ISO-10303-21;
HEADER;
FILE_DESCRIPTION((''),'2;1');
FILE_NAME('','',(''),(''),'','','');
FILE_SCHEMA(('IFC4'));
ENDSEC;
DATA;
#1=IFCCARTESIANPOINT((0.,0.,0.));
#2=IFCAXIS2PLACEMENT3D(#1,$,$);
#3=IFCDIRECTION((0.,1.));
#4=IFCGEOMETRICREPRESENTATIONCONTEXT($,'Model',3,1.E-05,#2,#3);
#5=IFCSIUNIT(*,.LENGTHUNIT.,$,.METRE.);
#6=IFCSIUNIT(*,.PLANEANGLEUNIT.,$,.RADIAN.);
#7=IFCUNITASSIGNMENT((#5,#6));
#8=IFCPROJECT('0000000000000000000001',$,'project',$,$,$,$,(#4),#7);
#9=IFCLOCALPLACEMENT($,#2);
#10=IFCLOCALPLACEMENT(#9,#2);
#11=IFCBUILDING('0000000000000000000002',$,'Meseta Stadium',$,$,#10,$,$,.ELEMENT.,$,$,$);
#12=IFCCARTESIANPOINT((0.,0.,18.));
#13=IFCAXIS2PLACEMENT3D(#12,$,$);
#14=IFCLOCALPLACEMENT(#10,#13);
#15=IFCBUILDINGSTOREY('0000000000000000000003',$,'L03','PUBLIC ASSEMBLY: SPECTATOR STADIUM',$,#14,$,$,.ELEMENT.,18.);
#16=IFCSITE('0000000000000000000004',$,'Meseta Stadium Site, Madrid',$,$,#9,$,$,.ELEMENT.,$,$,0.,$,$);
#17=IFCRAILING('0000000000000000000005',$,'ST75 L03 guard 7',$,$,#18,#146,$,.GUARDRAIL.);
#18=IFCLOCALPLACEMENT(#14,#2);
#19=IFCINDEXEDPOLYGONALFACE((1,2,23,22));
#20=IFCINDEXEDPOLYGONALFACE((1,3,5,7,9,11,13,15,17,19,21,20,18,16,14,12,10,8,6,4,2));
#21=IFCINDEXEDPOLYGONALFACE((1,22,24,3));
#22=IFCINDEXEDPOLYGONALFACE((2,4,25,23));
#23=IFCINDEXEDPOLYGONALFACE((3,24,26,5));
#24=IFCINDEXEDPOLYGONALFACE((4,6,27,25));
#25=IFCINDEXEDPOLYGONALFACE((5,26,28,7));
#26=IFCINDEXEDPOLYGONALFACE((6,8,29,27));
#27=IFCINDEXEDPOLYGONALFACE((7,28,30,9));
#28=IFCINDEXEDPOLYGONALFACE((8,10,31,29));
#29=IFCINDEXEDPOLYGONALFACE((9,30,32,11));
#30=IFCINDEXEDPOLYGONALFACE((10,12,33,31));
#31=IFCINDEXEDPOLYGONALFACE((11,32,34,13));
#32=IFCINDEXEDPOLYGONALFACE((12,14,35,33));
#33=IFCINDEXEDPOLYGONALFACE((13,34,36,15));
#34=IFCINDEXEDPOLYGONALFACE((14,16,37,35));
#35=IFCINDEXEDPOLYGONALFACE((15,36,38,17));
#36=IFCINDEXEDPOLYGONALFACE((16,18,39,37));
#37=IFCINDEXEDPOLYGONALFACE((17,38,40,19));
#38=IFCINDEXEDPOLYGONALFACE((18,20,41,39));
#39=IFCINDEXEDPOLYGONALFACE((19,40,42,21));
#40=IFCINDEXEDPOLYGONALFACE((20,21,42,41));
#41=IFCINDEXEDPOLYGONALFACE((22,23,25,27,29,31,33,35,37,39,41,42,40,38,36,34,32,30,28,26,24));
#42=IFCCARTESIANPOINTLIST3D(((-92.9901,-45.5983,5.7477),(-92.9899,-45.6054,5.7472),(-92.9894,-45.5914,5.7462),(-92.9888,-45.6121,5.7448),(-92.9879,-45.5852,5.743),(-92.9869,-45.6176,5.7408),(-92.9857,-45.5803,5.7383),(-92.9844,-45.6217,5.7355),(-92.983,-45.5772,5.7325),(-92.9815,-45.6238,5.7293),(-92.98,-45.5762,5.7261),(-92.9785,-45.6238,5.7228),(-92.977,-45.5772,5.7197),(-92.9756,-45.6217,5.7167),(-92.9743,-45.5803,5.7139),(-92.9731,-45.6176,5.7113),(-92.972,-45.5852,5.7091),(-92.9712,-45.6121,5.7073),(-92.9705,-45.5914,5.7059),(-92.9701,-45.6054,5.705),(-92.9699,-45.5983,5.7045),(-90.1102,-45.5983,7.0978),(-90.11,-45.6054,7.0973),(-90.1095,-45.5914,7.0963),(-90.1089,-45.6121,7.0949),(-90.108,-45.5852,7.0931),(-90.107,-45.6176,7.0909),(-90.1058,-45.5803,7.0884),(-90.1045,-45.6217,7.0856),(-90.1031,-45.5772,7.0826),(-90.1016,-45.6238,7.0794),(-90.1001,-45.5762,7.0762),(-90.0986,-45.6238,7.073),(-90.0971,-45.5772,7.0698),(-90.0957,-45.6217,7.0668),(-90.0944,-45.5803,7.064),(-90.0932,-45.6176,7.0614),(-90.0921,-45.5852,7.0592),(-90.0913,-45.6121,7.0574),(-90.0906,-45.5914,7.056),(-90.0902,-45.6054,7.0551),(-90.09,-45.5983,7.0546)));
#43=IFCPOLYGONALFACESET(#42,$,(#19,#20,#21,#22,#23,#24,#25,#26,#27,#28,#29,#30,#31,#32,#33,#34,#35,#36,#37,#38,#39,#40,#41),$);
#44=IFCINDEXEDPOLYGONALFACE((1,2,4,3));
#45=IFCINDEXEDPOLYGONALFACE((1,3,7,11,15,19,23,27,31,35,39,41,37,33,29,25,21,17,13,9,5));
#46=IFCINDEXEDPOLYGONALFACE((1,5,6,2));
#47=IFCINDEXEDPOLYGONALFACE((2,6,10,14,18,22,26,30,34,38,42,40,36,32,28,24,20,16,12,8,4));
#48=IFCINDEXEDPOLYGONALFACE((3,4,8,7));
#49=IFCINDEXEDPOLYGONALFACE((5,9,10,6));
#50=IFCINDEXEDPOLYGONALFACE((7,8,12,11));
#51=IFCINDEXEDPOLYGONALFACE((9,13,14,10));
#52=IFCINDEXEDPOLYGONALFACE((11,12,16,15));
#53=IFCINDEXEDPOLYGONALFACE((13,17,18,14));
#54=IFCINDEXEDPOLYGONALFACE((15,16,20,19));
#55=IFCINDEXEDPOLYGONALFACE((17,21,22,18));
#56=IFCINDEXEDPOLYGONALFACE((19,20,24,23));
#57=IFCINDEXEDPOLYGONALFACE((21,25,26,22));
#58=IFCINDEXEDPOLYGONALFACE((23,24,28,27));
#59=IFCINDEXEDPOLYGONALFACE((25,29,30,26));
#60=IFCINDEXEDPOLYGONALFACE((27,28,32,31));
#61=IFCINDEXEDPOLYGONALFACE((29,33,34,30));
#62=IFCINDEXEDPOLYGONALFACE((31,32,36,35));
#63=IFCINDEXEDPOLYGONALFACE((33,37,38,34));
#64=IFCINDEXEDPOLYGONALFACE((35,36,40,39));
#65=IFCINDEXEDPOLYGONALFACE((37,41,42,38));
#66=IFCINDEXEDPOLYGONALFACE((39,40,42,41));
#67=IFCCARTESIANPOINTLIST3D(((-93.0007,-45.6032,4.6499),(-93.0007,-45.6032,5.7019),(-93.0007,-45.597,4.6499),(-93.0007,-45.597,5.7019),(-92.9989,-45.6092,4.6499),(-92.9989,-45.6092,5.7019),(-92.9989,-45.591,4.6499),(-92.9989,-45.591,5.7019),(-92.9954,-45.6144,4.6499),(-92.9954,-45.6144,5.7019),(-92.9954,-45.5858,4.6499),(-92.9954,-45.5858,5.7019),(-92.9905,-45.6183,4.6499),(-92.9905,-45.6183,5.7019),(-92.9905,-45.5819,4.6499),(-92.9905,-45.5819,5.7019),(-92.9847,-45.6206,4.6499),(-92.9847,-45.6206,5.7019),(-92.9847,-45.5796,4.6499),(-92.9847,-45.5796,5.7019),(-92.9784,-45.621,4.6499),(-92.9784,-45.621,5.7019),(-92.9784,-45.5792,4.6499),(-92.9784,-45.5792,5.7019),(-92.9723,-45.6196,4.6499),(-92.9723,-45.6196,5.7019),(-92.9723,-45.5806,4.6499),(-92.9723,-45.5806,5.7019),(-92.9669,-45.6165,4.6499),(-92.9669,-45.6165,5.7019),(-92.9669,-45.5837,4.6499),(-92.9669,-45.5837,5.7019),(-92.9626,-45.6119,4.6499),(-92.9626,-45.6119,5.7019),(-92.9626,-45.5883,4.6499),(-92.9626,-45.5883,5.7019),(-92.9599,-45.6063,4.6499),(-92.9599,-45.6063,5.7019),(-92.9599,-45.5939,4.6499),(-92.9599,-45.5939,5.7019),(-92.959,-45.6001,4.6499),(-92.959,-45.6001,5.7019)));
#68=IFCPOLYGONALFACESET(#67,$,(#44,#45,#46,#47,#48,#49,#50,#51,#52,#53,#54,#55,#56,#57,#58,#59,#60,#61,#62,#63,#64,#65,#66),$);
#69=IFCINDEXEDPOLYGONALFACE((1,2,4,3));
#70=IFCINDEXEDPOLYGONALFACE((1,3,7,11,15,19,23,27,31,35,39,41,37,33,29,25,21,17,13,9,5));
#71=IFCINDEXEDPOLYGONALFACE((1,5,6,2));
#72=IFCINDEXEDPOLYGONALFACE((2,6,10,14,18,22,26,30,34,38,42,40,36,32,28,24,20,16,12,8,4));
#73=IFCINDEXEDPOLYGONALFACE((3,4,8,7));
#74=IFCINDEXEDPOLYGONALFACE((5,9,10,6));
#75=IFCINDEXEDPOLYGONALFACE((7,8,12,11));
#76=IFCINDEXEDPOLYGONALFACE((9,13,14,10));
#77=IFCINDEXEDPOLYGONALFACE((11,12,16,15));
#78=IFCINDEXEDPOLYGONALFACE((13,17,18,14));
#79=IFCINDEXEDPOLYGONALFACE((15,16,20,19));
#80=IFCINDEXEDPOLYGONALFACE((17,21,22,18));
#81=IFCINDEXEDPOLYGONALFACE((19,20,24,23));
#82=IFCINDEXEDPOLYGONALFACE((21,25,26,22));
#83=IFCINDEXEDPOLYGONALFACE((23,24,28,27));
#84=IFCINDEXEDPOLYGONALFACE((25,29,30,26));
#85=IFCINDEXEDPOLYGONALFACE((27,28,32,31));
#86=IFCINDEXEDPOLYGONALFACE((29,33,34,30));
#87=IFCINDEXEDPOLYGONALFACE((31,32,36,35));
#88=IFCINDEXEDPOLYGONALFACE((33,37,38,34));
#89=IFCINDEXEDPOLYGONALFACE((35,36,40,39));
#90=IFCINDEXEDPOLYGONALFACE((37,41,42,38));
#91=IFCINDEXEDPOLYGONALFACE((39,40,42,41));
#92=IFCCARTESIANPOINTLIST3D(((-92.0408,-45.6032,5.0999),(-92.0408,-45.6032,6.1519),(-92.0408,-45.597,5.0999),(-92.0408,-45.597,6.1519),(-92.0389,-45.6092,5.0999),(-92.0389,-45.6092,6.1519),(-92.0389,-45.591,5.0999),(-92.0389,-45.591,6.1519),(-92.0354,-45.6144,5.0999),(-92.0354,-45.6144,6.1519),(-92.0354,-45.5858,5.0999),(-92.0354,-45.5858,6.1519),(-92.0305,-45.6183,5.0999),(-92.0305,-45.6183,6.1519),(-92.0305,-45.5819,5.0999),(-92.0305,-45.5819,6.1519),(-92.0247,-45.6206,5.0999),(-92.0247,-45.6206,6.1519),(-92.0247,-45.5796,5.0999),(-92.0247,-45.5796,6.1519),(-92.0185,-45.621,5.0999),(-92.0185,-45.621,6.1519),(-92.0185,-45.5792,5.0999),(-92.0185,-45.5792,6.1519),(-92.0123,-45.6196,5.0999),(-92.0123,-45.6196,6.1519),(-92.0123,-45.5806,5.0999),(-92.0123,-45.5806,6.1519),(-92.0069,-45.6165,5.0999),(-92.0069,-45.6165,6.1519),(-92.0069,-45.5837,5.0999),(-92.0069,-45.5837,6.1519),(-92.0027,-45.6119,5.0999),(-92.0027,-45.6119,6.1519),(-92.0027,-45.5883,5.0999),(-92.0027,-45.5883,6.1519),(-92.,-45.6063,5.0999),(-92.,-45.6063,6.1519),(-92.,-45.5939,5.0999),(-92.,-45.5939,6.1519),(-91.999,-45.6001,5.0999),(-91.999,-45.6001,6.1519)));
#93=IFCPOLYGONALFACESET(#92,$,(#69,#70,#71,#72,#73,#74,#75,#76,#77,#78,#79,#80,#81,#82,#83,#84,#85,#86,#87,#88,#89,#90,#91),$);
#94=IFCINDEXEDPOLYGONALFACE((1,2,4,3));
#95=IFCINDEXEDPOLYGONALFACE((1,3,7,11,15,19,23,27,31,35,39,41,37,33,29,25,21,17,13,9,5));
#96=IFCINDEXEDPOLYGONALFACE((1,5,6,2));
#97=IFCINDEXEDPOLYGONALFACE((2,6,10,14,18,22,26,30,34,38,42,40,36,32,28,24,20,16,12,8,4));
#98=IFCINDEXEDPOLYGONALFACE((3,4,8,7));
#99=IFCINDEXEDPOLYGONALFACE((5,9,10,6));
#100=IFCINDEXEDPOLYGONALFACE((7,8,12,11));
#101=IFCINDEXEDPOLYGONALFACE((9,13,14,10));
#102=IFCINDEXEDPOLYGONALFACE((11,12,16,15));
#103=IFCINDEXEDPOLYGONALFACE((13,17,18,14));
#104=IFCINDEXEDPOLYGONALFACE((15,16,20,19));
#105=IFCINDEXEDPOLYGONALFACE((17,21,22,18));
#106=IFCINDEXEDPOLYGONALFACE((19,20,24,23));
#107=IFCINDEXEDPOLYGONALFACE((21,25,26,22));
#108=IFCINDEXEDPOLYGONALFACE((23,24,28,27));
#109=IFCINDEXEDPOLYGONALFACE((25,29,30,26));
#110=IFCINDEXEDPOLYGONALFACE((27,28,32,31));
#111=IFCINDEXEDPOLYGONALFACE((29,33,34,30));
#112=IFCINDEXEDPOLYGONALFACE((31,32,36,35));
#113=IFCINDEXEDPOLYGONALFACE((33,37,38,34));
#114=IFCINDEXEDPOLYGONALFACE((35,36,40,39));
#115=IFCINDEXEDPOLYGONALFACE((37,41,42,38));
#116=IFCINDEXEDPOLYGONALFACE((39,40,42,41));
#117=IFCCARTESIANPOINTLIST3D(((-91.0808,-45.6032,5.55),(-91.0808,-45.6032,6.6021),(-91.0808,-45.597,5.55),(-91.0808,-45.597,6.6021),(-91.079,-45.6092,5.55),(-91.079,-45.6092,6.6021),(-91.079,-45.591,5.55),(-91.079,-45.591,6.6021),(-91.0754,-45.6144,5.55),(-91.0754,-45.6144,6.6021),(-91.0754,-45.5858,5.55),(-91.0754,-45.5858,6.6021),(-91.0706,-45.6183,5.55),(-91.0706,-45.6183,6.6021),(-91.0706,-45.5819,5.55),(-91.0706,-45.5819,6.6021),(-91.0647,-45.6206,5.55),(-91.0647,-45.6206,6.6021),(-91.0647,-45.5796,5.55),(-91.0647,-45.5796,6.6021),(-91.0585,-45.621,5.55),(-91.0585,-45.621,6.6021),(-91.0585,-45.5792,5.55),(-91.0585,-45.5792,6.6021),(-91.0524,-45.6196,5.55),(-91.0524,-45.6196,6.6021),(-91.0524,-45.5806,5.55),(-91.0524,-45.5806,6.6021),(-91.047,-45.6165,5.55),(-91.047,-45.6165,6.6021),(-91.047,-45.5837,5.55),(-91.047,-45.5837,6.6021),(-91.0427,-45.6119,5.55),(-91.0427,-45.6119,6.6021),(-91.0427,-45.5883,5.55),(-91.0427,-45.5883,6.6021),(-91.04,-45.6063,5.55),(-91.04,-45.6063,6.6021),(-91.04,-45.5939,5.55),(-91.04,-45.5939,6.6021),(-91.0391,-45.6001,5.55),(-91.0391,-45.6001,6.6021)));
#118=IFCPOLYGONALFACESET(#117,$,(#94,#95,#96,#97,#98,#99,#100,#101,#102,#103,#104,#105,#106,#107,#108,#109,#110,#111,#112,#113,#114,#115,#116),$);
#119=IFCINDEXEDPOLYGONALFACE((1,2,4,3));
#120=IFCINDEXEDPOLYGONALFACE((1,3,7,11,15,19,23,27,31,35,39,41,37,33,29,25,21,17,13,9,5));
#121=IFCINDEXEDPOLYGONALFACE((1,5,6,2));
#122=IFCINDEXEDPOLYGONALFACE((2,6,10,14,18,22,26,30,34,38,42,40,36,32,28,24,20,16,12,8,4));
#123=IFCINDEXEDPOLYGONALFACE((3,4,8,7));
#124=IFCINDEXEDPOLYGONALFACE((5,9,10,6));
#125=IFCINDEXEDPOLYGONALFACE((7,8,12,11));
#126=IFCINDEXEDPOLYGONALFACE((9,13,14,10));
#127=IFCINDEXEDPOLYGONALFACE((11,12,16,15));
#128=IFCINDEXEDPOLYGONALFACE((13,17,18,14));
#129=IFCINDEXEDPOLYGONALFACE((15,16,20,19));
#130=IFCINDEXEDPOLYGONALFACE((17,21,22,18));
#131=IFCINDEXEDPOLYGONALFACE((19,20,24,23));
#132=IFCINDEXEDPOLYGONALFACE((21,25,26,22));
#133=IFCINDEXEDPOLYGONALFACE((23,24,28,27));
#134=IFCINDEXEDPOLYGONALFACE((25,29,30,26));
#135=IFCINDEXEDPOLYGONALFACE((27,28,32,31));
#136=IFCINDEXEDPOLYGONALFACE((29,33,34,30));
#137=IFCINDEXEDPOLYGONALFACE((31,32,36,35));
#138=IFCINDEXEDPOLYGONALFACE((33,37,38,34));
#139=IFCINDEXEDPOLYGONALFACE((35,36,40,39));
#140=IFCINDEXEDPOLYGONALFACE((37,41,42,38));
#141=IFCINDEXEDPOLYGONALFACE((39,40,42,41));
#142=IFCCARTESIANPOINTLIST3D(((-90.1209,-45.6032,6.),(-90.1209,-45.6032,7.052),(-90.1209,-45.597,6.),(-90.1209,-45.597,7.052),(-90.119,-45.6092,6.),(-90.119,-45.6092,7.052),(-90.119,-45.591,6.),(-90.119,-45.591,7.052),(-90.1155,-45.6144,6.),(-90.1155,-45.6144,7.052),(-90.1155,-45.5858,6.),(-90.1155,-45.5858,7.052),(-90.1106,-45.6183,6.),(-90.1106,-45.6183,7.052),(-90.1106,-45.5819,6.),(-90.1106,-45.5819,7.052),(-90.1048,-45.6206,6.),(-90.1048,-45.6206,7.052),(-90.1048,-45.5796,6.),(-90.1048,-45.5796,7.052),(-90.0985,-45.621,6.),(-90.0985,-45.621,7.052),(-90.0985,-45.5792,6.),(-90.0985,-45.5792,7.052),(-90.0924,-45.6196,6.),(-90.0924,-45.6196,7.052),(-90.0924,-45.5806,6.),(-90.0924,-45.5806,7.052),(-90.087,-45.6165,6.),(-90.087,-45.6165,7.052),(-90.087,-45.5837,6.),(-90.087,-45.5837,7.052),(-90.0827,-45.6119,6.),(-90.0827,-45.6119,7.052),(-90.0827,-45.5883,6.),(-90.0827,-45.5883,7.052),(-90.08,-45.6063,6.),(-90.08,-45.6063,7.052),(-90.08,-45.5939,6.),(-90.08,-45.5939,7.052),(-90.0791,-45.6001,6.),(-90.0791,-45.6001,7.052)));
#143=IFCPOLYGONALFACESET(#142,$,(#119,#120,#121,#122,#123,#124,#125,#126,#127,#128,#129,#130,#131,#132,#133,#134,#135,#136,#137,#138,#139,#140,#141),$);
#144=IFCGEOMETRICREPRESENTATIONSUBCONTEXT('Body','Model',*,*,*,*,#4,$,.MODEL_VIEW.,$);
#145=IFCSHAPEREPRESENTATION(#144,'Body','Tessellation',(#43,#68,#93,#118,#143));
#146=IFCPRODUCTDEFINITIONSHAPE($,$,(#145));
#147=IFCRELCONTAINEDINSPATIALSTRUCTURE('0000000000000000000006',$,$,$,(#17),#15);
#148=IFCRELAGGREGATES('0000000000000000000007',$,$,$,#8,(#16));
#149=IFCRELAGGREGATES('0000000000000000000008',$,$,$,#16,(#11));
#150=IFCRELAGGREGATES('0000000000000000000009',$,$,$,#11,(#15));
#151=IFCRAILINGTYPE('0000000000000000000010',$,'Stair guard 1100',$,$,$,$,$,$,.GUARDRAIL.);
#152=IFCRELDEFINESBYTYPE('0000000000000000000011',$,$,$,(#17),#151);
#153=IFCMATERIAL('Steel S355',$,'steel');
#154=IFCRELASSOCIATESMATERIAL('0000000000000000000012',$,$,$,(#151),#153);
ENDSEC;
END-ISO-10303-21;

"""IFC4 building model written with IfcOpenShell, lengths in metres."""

from ifc_helpers import new_model, si_unit, direction, frame, origin, origin_2d, place, context, subcontext, project, spatial, circle, extrude, material, type_object, element, save


model = new_model("IFC4")

# Units and contexts
model_context = context("Model", 3, precision=1e-05, world=origin(), true_north=direction((0.0, 1.0)))
body_context = subcontext(model_context, "Body", "Model", "MODEL_VIEW")
ifc_project = project(units=[si_unit("LENGTHUNIT", "METRE"), si_unit("PLANEANGLEUNIT", "RADIAN")], contexts=[model_context])

# Site, building, storey
site_placement = place(None, origin())
site = spatial("IfcSite", under=ifc_project, at=site_placement, Name="Meseta Stadium Site, Madrid", CompositionType="ELEMENT", RefElevation=0.0)
building_placement = place(site_placement, origin())
building = spatial("IfcBuilding", under=site, at=building_placement, Name="Meseta Stadium", CompositionType="ELEMENT")
storey_placement = place(building_placement, frame((0.0, 0.0, 18.0)))
storey = spatial("IfcBuildingStorey", under=building, at=storey_placement, Name="L03", Description="PUBLIC ASSEMBLY: SPECTATOR STADIUM", CompositionType="ELEMENT", Elevation=18.0)

# Railing
ifc_material_1 = material(Name="Steel S355", Category="steel")
railing_type_1 = type_object("IfcRailingType", Name="Stair guard 1100", PredefinedType="GUARDRAIL", material=ifc_material_1)
for number, where, name in (
    (1, (-92.98, -45.6001, 4.6499), "ST75 L03 guard 7"),
):
    element("IfcRailing", number, at=place(storey_placement, frame(where)), inside=storey, type_object=railing_type_1, Name=name, PredefinedType="GUARDRAIL", context=body_context, shape_type="SweptSolid", body=[
        extrude(circle(Radius=0.0239, at=origin_2d()), frame((0.0, 0.0, 1.0762), z_axis=(0.90544, 0.0, 0.424473), x_axis=(0.0, 1.0, 0.0)), (0.0, 0.0, 1.0), 3.1807),
        extrude(circle(Radius=0.021, at=origin_2d()), origin(), (0.0, 0.0, 1.0), 1.052),
        extrude(circle(Radius=0.021, at=origin_2d()), frame((0.96, 0.0, 0.45)), (0.0, 0.0, 1.0), 1.052),
        extrude(circle(Radius=0.021, at=origin_2d()), frame((1.9199, 0.0, 0.9001)), (0.0, 0.0, 1.0), 1.052),
        extrude(circle(Radius=0.021, at=origin_2d()), frame((2.8799, 0.0, 1.3501)), (0.0, 0.0, 1.0), 1.052),
    ])

save(model, "model.ifc")
